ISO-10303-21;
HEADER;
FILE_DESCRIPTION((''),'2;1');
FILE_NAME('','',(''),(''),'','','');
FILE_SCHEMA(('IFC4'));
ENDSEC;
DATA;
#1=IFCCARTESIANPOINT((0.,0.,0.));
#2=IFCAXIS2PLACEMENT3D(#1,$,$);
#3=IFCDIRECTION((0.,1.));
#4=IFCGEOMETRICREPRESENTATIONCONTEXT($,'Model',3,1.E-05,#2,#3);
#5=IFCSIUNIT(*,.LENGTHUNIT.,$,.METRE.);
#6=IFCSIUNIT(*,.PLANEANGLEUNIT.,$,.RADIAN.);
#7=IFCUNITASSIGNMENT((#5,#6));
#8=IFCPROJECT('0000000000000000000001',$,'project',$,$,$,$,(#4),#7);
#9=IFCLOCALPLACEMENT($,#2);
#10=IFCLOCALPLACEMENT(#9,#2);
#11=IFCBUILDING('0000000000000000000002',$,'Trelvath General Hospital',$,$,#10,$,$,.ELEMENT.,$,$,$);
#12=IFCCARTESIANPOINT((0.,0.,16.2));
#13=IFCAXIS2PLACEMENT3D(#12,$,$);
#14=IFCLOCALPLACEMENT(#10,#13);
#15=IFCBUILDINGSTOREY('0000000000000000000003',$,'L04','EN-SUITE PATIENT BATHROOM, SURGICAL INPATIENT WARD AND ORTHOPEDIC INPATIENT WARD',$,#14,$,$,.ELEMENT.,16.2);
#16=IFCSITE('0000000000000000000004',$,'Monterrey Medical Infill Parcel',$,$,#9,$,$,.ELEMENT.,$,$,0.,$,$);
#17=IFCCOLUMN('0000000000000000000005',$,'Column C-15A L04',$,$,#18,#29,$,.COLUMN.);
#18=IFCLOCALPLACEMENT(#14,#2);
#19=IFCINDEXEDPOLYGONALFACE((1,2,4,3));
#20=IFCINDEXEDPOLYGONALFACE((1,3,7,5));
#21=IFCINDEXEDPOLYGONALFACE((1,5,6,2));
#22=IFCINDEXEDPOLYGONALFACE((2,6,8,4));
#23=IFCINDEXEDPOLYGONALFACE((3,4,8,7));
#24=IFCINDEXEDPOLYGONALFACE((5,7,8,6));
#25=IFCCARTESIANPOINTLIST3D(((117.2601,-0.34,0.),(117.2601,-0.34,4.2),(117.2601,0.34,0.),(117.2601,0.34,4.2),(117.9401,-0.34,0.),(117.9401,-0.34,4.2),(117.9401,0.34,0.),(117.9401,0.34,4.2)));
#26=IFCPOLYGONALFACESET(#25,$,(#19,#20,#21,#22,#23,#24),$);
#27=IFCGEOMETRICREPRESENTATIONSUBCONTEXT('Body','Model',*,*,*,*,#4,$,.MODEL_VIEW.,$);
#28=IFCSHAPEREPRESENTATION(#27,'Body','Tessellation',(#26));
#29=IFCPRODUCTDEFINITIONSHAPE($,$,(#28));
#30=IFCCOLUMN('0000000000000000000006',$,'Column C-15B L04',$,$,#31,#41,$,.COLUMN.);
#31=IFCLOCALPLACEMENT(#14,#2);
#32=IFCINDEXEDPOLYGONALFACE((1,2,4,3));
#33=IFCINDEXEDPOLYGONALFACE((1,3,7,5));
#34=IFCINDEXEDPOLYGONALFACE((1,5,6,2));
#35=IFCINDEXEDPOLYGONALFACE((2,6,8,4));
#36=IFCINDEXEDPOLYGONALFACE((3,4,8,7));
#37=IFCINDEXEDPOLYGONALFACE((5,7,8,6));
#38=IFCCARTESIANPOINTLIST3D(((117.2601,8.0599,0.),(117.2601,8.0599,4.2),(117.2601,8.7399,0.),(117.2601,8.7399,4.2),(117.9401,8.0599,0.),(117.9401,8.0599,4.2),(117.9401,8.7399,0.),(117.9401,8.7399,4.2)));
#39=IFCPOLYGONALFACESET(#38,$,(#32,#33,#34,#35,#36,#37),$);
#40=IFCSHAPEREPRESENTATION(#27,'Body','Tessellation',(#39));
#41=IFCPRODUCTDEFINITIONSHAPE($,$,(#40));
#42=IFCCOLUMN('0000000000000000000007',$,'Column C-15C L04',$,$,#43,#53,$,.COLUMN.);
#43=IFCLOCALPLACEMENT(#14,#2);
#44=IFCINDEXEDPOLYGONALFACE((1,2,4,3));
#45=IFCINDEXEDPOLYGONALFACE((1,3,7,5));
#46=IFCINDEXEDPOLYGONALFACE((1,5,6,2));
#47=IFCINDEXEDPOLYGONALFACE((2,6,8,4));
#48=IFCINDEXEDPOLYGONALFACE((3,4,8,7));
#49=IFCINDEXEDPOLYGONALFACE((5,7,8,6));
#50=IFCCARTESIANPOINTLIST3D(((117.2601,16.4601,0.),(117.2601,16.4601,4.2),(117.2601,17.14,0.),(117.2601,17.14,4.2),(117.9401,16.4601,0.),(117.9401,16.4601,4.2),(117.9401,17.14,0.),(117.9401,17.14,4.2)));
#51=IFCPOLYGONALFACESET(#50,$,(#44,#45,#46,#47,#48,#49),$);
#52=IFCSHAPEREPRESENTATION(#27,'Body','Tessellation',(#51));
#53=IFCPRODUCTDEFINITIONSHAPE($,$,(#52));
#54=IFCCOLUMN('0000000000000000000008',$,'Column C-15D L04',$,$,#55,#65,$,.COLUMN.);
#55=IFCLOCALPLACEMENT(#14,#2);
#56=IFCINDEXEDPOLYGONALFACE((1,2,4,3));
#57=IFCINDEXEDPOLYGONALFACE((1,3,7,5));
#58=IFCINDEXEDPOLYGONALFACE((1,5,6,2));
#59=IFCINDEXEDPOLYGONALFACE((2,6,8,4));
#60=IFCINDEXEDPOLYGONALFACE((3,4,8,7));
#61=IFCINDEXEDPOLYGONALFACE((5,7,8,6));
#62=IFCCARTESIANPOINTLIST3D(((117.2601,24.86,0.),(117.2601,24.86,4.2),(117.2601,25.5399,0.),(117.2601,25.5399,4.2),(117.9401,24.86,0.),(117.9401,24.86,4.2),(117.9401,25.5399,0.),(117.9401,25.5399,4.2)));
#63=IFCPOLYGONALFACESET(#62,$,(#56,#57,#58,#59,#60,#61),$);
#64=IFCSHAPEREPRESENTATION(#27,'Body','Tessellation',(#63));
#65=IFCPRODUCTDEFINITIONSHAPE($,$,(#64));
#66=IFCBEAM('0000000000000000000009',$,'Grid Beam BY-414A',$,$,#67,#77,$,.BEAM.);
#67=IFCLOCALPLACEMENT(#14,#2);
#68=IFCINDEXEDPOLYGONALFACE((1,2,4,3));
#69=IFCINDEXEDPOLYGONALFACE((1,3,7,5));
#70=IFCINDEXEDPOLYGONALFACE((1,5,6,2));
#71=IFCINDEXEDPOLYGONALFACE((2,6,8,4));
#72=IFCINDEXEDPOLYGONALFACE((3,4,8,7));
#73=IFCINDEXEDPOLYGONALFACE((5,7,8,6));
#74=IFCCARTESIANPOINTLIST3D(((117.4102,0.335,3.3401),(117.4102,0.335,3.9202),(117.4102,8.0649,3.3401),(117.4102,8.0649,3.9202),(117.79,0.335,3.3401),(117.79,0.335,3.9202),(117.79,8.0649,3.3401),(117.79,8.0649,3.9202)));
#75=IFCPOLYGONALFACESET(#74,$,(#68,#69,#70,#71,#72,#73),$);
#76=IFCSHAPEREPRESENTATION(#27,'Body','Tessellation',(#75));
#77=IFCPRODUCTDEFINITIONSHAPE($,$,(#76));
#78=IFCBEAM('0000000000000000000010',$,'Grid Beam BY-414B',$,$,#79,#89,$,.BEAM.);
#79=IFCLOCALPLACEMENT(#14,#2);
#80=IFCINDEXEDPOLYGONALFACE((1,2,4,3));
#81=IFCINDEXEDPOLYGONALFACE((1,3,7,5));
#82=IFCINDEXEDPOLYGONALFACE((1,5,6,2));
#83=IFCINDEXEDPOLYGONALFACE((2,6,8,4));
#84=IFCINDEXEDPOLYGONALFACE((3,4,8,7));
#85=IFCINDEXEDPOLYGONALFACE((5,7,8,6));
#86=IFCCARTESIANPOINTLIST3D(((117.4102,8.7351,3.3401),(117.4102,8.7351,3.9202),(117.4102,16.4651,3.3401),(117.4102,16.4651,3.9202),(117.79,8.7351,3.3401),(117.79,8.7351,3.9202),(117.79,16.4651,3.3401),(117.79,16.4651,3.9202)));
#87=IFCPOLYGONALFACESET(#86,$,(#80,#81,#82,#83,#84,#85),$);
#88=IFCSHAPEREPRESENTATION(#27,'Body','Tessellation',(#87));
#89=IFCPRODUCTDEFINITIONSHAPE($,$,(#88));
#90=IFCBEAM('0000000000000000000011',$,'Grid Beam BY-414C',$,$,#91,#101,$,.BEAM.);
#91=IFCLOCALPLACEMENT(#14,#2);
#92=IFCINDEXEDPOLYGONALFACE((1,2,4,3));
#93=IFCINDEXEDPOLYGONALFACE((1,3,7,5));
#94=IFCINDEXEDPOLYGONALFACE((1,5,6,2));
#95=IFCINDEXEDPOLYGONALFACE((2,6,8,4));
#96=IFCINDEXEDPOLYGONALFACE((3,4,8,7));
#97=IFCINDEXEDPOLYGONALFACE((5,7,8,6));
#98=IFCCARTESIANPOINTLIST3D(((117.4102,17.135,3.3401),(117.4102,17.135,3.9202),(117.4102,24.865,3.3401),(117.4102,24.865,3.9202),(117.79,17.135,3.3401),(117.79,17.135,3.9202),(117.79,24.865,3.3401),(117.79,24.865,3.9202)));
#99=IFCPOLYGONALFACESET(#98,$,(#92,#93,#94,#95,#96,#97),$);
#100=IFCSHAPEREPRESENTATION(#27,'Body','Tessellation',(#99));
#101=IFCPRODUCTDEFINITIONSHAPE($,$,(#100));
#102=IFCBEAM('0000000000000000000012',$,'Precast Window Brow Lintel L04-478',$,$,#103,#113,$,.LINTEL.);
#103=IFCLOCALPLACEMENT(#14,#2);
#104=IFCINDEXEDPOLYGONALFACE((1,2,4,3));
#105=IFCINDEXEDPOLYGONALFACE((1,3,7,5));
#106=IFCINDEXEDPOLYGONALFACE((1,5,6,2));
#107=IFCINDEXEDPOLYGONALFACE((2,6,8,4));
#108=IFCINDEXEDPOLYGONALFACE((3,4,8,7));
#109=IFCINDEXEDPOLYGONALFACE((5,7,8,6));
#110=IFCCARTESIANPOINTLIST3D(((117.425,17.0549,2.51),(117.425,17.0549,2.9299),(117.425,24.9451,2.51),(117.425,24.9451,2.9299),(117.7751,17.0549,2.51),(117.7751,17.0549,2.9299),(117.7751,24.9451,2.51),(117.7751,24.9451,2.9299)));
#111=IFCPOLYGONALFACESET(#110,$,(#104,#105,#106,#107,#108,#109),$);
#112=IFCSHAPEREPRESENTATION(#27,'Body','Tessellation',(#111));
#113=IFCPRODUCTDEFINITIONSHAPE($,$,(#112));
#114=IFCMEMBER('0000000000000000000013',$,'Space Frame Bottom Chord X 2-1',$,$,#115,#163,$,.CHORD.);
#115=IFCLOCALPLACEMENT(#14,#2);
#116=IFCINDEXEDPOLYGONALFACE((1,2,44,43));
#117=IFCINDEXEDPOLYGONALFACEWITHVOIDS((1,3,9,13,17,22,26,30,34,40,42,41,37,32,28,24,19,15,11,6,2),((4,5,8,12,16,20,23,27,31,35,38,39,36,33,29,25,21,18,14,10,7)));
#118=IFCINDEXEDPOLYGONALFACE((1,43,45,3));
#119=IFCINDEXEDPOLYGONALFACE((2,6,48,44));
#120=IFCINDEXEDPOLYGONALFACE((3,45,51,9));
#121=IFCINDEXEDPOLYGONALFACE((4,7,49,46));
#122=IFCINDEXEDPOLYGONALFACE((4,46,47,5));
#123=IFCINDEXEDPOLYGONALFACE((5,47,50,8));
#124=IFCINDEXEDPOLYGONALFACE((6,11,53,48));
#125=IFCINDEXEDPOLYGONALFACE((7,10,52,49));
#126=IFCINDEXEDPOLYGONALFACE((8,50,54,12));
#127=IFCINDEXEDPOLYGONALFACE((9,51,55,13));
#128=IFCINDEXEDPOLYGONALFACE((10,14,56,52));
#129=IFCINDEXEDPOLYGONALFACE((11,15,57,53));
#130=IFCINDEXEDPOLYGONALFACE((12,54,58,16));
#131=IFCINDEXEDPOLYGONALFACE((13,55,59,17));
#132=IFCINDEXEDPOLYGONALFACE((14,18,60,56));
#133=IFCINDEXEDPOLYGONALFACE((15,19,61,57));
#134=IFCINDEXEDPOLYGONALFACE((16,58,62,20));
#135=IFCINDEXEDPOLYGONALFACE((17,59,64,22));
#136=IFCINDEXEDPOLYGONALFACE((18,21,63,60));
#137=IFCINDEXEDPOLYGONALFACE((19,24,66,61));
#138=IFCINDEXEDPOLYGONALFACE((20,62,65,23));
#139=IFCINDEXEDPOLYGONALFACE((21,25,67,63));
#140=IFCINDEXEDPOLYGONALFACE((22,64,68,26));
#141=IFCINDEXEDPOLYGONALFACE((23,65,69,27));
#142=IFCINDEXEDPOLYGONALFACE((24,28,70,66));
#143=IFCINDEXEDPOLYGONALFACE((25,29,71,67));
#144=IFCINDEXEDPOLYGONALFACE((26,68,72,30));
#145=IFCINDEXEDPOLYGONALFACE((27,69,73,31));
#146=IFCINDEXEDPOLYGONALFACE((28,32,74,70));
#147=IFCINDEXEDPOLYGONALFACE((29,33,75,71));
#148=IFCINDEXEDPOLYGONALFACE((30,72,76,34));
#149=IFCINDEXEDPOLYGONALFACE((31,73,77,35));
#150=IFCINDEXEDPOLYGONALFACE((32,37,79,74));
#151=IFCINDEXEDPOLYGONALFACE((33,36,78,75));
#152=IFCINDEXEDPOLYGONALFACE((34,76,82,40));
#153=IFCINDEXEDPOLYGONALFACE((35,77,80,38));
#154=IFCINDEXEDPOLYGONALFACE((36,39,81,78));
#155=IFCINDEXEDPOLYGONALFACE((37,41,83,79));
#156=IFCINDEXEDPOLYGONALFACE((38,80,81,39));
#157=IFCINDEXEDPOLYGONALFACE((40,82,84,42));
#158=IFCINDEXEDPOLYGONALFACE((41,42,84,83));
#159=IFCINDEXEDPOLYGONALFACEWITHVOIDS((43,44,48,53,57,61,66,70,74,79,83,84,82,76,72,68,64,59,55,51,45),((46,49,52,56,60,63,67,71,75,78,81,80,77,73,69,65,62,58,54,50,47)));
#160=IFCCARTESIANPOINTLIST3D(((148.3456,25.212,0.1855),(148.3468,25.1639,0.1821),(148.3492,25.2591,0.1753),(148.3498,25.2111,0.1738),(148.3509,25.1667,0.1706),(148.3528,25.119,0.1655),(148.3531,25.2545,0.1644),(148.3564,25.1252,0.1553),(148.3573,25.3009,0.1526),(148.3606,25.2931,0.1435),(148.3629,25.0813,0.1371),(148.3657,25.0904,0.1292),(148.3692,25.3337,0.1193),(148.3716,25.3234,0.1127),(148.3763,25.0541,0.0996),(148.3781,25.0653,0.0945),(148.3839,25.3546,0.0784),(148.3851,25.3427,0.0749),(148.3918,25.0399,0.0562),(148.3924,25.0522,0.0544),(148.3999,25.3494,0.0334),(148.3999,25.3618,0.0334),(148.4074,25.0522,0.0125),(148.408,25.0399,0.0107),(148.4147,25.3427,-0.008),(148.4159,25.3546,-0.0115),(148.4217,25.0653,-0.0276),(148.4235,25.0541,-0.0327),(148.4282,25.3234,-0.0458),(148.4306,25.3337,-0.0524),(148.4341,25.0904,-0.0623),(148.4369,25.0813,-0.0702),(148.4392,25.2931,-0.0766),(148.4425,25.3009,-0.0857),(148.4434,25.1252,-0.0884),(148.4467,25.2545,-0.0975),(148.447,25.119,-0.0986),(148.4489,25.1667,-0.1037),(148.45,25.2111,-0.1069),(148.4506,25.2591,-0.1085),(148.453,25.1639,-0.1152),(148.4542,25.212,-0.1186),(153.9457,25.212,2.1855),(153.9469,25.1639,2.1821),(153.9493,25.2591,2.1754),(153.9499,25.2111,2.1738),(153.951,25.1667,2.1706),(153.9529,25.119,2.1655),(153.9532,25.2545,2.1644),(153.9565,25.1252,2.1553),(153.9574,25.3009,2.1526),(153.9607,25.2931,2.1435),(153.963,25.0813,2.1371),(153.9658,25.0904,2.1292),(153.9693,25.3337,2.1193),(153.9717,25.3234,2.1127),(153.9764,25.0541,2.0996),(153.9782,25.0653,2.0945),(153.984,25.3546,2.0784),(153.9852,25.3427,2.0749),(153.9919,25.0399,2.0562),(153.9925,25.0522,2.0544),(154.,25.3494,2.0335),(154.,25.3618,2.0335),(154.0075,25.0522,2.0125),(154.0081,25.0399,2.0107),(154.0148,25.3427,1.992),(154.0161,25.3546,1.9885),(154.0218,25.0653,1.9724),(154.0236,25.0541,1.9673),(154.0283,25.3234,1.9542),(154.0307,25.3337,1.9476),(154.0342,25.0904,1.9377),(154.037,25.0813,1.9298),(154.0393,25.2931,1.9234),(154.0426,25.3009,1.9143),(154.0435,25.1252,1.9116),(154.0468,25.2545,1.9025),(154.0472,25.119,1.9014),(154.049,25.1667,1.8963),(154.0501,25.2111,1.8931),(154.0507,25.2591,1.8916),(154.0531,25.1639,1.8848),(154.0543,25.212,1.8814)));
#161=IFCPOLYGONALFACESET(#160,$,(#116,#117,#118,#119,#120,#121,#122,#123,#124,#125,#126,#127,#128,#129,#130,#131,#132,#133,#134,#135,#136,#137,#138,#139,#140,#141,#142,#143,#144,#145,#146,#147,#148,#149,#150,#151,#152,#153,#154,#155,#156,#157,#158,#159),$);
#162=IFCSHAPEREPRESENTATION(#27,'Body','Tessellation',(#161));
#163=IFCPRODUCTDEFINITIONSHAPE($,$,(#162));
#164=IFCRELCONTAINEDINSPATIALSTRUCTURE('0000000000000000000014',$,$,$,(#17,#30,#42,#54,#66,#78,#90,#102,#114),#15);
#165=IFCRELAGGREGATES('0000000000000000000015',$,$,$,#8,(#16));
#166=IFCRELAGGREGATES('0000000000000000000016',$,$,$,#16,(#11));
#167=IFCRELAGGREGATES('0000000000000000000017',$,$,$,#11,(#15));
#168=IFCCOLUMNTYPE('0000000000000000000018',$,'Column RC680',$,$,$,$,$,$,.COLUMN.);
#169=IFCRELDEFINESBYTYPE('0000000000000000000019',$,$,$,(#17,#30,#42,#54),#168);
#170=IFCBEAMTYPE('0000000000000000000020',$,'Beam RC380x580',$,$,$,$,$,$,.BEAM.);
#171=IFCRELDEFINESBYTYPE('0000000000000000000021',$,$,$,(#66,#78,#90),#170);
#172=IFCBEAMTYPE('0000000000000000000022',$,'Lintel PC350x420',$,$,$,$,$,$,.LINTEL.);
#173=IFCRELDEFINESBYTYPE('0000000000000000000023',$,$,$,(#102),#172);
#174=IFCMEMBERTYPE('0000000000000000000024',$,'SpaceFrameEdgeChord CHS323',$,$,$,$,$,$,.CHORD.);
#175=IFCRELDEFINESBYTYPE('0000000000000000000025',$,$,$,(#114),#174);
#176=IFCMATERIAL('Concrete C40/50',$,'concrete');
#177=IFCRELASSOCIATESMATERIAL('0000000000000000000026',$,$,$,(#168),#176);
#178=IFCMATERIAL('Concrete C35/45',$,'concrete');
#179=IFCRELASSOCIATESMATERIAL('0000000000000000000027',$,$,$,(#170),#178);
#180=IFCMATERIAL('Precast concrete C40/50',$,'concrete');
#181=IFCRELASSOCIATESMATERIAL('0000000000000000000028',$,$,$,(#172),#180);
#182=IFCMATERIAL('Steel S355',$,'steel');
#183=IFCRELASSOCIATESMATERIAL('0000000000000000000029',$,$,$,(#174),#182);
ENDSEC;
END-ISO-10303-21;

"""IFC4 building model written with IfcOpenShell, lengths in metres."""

from ifc_helpers import new_model, si_unit, direction, frame, origin, origin_2d, place, context, subcontext, project, spatial, rectangle, hollow_circle, extrude, material, material_profile, profile_set, type_object, element, save


model = new_model("IFC4")

# Units and contexts
model_context = context("Model", 3, precision=1e-05, world=origin(), true_north=direction((0.0, 1.0)))
body_context = subcontext(model_context, "Body", "Model", "MODEL_VIEW")
ifc_project = project(units=[si_unit("LENGTHUNIT", "METRE"), si_unit("PLANEANGLEUNIT", "RADIAN")], contexts=[model_context])

# Site, building, storey
site_placement = place(None, origin())
site = spatial("IfcSite", under=ifc_project, at=site_placement, Name="Monterrey Medical Infill Parcel", CompositionType="ELEMENT", RefElevation=0.0)
building_placement = place(site_placement, origin())
building = spatial("IfcBuilding", under=site, at=building_placement, Name="Trelvath General Hospital", CompositionType="ELEMENT")
storey_placement = place(building_placement, frame((0.0, 0.0, 16.2)))
storey = spatial("IfcBuildingStorey", under=building, at=storey_placement, Name="L04", Description="EN-SUITE PATIENT BATHROOM, SURGICAL INPATIENT WARD AND ORTHOPEDIC INPATIENT WARD", CompositionType="ELEMENT", Elevation=16.2)

# Columns
ifc_material_1 = material(Name="Concrete C40/50", Category="concrete")
ifc_material_profile_1 = material_profile(ifc_material_1, rectangle(XDim=0.6799, YDim=0.6799, at=origin_2d()), Name="RC680x680")
ifc_profile_set_1 = profile_set([ifc_material_profile_1], Name="Concrete C40/50")
column_type = type_object("IfcColumnType", Name="Column RC680", PredefinedType="COLUMN", material=ifc_profile_set_1)
for number, where, z_axis, x_axis, name in (
    (1, (117.6001, 0.0, 0.0), (0.0, 0.0, 1.0), (1.0, 0.0, 0.0), "Column C-15A L04"),
    (2, (117.6001, 8.3999, 0.0), (0.0, 0.0, 1.0), (1.0, 0.0, 0.0), "Column C-15B L04"),
    (3, (117.6001, 16.8, 0.0), (0.0, 0.0, 1.0), (1.0, 0.0, 0.0), "Column C-15C L04"),
    (4, (117.6001, 25.2, 0.0), (0.0, 0.0, 1.0), (1.0, 0.0, 0.0), "Column C-15D L04"),
):
    element("IfcColumn", number, at=place(storey_placement, frame(where, z_axis=z_axis, x_axis=x_axis)), inside=storey, type_object=column_type, Name=name, PredefinedType="COLUMN", context=body_context, shape_type="SweptSolid", body=[
        extrude(rectangle(XDim=0.6799, YDim=0.6799, at=origin_2d()), origin(), (0.0, 0.0, 1.0), 4.2),
    ])

# Beams
ifc_material_2 = material(Name="Concrete C35/45", Category="concrete")
ifc_material_profile_2 = material_profile(ifc_material_2, rectangle(XDim=0.3799, YDim=0.5801, at=origin_2d()), Name="RCB380x580")
ifc_profile_set_2 = profile_set([ifc_material_profile_2], Name="Concrete C35/45")
beam_type_1 = type_object("IfcBeamType", Name="Beam RC380x580", PredefinedType="BEAM", material=ifc_profile_set_2)
for number, where, z_axis, x_axis, name in (
    (5, (117.6001, 0.335, 3.6301), (0.0, 1.0, 0.0), (-1.0, 0.0, 0.0), "Grid Beam BY-414A"),
    (6, (117.6001, 8.7351, 3.6301), (0.0, 1.0, 0.0), (-1.0, 0.0, 0.0), "Grid Beam BY-414B"),
    (7, (117.6001, 17.135, 3.6301), (0.0, 1.0, 0.0), (-1.0, 0.0, 0.0), "Grid Beam BY-414C"),
):
    element("IfcBeam", number, at=place(storey_placement, frame(where, z_axis=z_axis, x_axis=x_axis)), inside=storey, type_object=beam_type_1, Name=name, PredefinedType="BEAM", context=body_context, shape_type="SweptSolid", body=[
        extrude(rectangle(XDim=0.3799, YDim=0.5801, at=origin_2d()), origin(), (0.0, 0.0, 1.0), 7.73),
    ])
ifc_material_3 = material(Name="Precast concrete C40/50", Category="concrete")
ifc_material_profile_3 = material_profile(ifc_material_3, rectangle(XDim=0.3501, YDim=0.4199, at=origin_2d()), Name="PCL350x420")
ifc_profile_set_3 = profile_set([ifc_material_profile_3], Name="Precast concrete C40/50")
beam_type_2 = type_object("IfcBeamType", Name="Lintel PC350x420", PredefinedType="LINTEL", material=ifc_profile_set_3)
beam_placement = place(storey_placement, frame((117.6001, 24.9451, 2.72), z_axis=(0.0, -1.0, 0.0), x_axis=(1.0, 0.0, 0.0)))
element("IfcBeam", 8, at=beam_placement, inside=storey, type_object=beam_type_2, Name="Precast Window Brow Lintel L04-478", PredefinedType="LINTEL", context=body_context, shape_type="SweptSolid", body=[
    extrude(rectangle(XDim=0.3501, YDim=0.4199, at=origin_2d()), origin(), (0.0, 0.0, 1.0), 7.8901),
])

# Member
ifc_material_4 = material(Name="Steel S355", Category="steel")
ifc_material_profile_4 = material_profile(ifc_material_4, hollow_circle(Radius=0.1619, WallThickness=0.0125, at=origin_2d()), Name="CHS323.9x12.5")
ifc_profile_set_4 = profile_set([ifc_material_profile_4], Name="Steel S355")
member_type = type_object("IfcMemberType", Name="SpaceFrameEdgeChord CHS323", PredefinedType="CHORD", material=ifc_profile_set_4)
for number, where, z_axis, x_axis, name in (
    (9, (148.3999, 25.2, 0.0334), (0.941744, 0.0, 0.336331), (0.0, 1.0, 0.0), "Space Frame Bottom Chord X 2-1"),
):
    element("IfcMember", number, at=place(storey_placement, frame(where, z_axis=z_axis, x_axis=x_axis)), inside=storey, type_object=member_type, Name=name, PredefinedType="CHORD", context=body_context, shape_type="SweptSolid", body=[
        extrude(hollow_circle(Radius=0.1619, WallThickness=0.0125, at=origin_2d()), origin(), (0.0, 0.0, 1.0), 5.9465),
    ])

save(model, "model.ifc")
